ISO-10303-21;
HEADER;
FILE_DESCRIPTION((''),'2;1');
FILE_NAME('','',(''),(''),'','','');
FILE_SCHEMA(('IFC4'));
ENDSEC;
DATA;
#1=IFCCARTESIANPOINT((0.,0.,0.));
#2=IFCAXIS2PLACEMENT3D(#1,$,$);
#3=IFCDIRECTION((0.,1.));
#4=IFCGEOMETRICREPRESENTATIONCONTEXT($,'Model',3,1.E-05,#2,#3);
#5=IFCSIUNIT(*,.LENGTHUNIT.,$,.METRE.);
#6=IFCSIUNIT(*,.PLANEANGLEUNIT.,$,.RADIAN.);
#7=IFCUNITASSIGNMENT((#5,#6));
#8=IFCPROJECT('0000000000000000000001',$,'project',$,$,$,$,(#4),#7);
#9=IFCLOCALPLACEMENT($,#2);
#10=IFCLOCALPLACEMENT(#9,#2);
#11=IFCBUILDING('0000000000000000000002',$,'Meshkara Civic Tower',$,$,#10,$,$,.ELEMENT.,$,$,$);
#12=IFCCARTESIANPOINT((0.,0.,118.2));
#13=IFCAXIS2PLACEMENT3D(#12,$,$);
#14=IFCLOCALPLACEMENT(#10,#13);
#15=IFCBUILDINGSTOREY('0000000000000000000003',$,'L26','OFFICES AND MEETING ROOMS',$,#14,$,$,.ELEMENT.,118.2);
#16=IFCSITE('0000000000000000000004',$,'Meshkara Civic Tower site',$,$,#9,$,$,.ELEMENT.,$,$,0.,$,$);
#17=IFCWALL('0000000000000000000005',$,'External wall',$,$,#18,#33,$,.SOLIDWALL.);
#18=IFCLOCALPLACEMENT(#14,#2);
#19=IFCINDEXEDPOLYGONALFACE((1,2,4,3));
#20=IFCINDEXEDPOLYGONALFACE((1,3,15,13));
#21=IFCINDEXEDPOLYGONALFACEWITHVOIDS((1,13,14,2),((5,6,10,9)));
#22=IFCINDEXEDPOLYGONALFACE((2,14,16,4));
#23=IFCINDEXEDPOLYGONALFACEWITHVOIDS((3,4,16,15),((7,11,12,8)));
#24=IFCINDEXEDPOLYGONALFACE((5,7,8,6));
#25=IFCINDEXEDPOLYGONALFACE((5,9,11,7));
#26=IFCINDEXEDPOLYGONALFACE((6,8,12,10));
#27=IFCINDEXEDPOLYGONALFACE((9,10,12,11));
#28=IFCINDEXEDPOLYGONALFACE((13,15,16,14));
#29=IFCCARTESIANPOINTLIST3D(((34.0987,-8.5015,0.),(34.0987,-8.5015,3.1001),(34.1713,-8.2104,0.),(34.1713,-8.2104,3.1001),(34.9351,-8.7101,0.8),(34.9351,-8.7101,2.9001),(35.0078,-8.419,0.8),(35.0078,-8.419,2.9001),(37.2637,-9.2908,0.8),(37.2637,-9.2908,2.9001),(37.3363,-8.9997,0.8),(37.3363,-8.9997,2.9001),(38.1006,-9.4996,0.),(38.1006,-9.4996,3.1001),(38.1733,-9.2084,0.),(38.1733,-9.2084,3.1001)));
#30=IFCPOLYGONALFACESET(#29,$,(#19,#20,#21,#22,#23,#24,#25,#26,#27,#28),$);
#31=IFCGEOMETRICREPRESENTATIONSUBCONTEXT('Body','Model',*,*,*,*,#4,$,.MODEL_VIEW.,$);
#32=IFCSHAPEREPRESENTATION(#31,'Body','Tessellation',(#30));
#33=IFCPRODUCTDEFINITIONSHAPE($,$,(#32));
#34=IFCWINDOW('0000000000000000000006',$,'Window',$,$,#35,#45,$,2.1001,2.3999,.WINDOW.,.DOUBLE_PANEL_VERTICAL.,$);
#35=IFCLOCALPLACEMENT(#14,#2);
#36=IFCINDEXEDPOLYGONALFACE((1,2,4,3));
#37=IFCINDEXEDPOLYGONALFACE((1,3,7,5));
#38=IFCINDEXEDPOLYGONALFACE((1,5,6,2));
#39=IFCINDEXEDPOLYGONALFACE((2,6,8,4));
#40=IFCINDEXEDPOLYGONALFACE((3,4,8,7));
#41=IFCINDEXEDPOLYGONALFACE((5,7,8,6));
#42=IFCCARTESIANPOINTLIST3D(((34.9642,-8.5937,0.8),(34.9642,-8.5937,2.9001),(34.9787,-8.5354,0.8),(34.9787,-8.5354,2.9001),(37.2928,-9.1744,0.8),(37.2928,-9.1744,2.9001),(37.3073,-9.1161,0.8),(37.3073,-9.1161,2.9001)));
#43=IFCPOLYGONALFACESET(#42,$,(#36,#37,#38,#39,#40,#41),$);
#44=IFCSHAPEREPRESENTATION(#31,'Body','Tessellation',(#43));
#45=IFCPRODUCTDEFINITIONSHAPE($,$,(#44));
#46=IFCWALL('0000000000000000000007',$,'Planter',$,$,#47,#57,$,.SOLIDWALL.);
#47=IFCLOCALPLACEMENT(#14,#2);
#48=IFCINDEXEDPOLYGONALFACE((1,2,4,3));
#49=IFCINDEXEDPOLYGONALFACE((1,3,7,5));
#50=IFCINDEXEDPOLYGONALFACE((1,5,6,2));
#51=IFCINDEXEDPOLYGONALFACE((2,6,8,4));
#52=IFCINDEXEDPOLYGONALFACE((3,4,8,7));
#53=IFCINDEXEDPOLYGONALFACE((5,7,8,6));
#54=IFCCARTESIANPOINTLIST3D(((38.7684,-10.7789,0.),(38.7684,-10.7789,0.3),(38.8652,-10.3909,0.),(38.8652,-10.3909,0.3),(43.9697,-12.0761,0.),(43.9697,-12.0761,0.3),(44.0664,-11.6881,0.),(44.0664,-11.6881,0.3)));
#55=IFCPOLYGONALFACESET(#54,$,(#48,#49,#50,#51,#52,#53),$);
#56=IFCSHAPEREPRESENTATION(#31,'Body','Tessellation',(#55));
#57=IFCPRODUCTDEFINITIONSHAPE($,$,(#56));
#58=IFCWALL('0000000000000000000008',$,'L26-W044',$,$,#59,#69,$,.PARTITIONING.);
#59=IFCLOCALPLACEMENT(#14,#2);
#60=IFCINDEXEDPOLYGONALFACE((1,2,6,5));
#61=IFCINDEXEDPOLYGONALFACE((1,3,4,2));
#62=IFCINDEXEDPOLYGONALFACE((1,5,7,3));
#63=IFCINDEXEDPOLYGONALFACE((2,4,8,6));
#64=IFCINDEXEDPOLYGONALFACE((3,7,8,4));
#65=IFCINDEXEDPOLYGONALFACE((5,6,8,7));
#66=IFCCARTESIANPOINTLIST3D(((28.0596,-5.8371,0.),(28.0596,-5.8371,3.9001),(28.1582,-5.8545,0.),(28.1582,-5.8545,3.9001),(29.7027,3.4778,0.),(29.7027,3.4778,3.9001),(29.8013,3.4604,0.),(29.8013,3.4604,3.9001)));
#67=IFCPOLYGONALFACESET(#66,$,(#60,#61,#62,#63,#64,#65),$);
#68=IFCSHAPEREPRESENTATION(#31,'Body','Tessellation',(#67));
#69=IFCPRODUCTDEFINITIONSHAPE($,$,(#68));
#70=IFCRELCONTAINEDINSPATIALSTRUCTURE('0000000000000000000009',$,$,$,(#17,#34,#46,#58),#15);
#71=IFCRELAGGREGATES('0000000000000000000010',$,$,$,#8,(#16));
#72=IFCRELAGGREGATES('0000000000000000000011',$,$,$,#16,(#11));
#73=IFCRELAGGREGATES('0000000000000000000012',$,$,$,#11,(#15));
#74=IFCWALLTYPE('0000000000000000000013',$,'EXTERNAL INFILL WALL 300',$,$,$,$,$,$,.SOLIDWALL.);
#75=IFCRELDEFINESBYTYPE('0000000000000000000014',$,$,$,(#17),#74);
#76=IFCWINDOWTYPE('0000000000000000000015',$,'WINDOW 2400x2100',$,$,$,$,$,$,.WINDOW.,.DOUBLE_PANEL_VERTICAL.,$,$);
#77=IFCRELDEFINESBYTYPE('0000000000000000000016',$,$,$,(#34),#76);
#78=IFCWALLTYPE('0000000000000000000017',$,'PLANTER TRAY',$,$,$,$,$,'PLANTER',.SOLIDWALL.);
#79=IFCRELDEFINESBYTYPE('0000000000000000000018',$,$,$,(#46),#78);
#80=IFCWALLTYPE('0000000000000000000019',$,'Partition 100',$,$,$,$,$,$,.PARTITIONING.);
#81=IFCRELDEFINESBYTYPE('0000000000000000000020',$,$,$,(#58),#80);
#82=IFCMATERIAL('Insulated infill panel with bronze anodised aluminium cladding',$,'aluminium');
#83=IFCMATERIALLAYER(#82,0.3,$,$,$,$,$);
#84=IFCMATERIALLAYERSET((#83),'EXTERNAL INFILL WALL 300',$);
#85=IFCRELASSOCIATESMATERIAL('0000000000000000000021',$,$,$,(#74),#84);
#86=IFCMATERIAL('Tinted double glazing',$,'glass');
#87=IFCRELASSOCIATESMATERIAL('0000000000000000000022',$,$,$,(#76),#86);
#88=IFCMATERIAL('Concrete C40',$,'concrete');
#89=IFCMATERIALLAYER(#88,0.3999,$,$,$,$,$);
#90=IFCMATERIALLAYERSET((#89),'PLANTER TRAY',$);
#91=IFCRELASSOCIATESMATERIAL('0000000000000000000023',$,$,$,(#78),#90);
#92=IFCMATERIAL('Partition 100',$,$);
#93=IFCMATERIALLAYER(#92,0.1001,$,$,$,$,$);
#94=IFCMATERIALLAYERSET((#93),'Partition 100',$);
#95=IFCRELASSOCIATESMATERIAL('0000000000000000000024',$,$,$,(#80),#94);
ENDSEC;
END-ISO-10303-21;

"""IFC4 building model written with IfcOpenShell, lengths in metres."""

from ifc_helpers import new_model, si_unit, direction, frame, frame_2d, origin, place, context, subcontext, project, spatial, rectangle, extrude, material, layer, layer_set, type_object, element, fill, save


model = new_model("IFC4")

# Units and contexts
model_context = context("Model", 3, precision=1e-05, world=origin(), true_north=direction((0.0, 1.0)))
body_context = subcontext(model_context, "Body", "Model", "MODEL_VIEW")
ifc_project = project(units=[si_unit("LENGTHUNIT", "METRE"), si_unit("PLANEANGLEUNIT", "RADIAN")], contexts=[model_context])

# Site, building, storey
site_placement = place(None, origin())
site = spatial("IfcSite", under=ifc_project, at=site_placement, Name="Meshkara Civic Tower site", CompositionType="ELEMENT", RefElevation=0.0)
building_placement = place(site_placement, origin())
building = spatial("IfcBuilding", under=site, at=building_placement, Name="Meshkara Civic Tower", CompositionType="ELEMENT")
storey_placement = place(building_placement, frame((0.0, 0.0, 118.2)))
storey = spatial("IfcBuildingStorey", under=building, at=storey_placement, Name="L26", Description="OFFICES AND MEETING ROOMS", CompositionType="ELEMENT", Elevation=118.2)

# Wall, opening, window
ifc_material_1 = material(Name="Insulated infill panel with bronze anodised aluminium cladding", Category="aluminium")
ifc_layer_1 = layer(ifc_material_1, 0.3)
ifc_layer_set_1 = layer_set([ifc_layer_1], Name="EXTERNAL INFILL WALL 300")
wall_type_1 = type_object("IfcWallType", Name="EXTERNAL INFILL WALL 300", PredefinedType="SOLIDWALL", material=ifc_layer_set_1)
ifc_material_2 = material(Name="Tinted double glazing", Category="glass")
window_type = type_object("IfcWindowType", Name="WINDOW 2400x2100", PartitioningType="DOUBLE_PANEL_VERTICAL", PredefinedType="WINDOW", material=ifc_material_2)
wall_1_placement = place(storey_placement, frame((34.135, -8.356, 0.0), z_axis=(0.0, 0.0, 1.0), x_axis=(0.970282, -0.241978, 0.0)))
wall_1 = element("IfcWall", 1, at=wall_1_placement, inside=storey, type_object=wall_type_1, Name="External wall", PredefinedType="SOLIDWALL", context=body_context, shape_type="SweptSolid", body=[
    extrude(rectangle(XDim=4.1245, YDim=0.3, at=frame_2d((2.0623, 0.0))), origin(), (0.0, 0.0, 1.0), 3.1001),
])
opening_1_placement = place(wall_1_placement, frame((0.8621, 0.0, 0.8)))
opening_1 = element("IfcOpeningElement", 2, at=opening_1_placement, cuts=wall_1, PredefinedType="OPENING", context=body_context, shape_type="SweptSolid", body=[
    extrude(rectangle(XDim=2.3999, YDim=2.1001, at=frame_2d((1.2, 1.05))), frame((0.0, 0.1599, 0.0), z_axis=(0.0, -1.0, 0.0), x_axis=(1.0, 0.0, 0.0)), (0.0, 0.0, 1.0), 0.3201),
])
window_1_placement = place(opening_1_placement, origin())
window_1 = element("IfcWindow", 3, at=window_1_placement, inside=storey, type_object=window_type, Name="Window", OverallHeight=2.1001, OverallWidth=2.3999, PartitioningType="DOUBLE_PANEL_VERTICAL", PredefinedType="WINDOW", context=body_context, shape_type="SweptSolid", body=[
    extrude(rectangle(XDim=2.3999, YDim=2.1001, at=frame_2d((1.2, 1.05))), frame((0.0, 0.03, 0.0), z_axis=(0.0, -1.0, 0.0), x_axis=(1.0, 0.0, 0.0)), (0.0, 0.0, 1.0), 0.0601),
])
fill(opening_1, window_1)

# Walls
ifc_material_3 = material(Name="Concrete C40", Category="concrete")
ifc_layer_2 = layer(ifc_material_3, 0.3999)
ifc_layer_set_2 = layer_set([ifc_layer_2], Name="PLANTER TRAY")
wall_type_2 = type_object("IfcWallType", Name="PLANTER TRAY", ElementType="PLANTER", PredefinedType="SOLIDWALL", material=ifc_layer_set_2)
wall_2_placement = place(storey_placement, frame((38.8169, -10.585, 0.0), z_axis=(0.0, 0.0, 1.0), x_axis=(0.970282, -0.241978, 0.0)))
element("IfcWall", 4, at=wall_2_placement, inside=storey, type_object=wall_type_2, Name="Planter", PredefinedType="SOLIDWALL", context=body_context, shape_type="SweptSolid", body=[
    extrude(rectangle(XDim=5.3606, YDim=0.3999, at=frame_2d((2.6802, 0.0))), origin(), (0.0, 0.0, 1.0), 0.3),
])
ifc_material_4 = material(Name="Partition 100")
ifc_layer_3 = layer(ifc_material_4, 0.1001)
ifc_layer_set_3 = layer_set([ifc_layer_3], Name="Partition 100")
wall_type_3 = type_object("IfcWallType", Name="Partition 100", PredefinedType="PARTITIONING", material=ifc_layer_set_3)
wall_3_placement = place(storey_placement, frame((28.1089, -5.8459, 0.0), z_axis=(0.0, 0.0, 1.0), x_axis=(0.173709, 0.984797, 0.0)))
element("IfcWall", 5, at=wall_3_placement, inside=storey, type_object=wall_type_3, Name="L26-W044", PredefinedType="PARTITIONING", context=body_context, shape_type="SweptSolid", body=[
    extrude(rectangle(XDim=9.4587, YDim=0.1001, at=frame_2d((4.7295, 0.0))), origin(), (0.0, 0.0, 1.0), 3.9001),
])

save(model, "model.ifc")
